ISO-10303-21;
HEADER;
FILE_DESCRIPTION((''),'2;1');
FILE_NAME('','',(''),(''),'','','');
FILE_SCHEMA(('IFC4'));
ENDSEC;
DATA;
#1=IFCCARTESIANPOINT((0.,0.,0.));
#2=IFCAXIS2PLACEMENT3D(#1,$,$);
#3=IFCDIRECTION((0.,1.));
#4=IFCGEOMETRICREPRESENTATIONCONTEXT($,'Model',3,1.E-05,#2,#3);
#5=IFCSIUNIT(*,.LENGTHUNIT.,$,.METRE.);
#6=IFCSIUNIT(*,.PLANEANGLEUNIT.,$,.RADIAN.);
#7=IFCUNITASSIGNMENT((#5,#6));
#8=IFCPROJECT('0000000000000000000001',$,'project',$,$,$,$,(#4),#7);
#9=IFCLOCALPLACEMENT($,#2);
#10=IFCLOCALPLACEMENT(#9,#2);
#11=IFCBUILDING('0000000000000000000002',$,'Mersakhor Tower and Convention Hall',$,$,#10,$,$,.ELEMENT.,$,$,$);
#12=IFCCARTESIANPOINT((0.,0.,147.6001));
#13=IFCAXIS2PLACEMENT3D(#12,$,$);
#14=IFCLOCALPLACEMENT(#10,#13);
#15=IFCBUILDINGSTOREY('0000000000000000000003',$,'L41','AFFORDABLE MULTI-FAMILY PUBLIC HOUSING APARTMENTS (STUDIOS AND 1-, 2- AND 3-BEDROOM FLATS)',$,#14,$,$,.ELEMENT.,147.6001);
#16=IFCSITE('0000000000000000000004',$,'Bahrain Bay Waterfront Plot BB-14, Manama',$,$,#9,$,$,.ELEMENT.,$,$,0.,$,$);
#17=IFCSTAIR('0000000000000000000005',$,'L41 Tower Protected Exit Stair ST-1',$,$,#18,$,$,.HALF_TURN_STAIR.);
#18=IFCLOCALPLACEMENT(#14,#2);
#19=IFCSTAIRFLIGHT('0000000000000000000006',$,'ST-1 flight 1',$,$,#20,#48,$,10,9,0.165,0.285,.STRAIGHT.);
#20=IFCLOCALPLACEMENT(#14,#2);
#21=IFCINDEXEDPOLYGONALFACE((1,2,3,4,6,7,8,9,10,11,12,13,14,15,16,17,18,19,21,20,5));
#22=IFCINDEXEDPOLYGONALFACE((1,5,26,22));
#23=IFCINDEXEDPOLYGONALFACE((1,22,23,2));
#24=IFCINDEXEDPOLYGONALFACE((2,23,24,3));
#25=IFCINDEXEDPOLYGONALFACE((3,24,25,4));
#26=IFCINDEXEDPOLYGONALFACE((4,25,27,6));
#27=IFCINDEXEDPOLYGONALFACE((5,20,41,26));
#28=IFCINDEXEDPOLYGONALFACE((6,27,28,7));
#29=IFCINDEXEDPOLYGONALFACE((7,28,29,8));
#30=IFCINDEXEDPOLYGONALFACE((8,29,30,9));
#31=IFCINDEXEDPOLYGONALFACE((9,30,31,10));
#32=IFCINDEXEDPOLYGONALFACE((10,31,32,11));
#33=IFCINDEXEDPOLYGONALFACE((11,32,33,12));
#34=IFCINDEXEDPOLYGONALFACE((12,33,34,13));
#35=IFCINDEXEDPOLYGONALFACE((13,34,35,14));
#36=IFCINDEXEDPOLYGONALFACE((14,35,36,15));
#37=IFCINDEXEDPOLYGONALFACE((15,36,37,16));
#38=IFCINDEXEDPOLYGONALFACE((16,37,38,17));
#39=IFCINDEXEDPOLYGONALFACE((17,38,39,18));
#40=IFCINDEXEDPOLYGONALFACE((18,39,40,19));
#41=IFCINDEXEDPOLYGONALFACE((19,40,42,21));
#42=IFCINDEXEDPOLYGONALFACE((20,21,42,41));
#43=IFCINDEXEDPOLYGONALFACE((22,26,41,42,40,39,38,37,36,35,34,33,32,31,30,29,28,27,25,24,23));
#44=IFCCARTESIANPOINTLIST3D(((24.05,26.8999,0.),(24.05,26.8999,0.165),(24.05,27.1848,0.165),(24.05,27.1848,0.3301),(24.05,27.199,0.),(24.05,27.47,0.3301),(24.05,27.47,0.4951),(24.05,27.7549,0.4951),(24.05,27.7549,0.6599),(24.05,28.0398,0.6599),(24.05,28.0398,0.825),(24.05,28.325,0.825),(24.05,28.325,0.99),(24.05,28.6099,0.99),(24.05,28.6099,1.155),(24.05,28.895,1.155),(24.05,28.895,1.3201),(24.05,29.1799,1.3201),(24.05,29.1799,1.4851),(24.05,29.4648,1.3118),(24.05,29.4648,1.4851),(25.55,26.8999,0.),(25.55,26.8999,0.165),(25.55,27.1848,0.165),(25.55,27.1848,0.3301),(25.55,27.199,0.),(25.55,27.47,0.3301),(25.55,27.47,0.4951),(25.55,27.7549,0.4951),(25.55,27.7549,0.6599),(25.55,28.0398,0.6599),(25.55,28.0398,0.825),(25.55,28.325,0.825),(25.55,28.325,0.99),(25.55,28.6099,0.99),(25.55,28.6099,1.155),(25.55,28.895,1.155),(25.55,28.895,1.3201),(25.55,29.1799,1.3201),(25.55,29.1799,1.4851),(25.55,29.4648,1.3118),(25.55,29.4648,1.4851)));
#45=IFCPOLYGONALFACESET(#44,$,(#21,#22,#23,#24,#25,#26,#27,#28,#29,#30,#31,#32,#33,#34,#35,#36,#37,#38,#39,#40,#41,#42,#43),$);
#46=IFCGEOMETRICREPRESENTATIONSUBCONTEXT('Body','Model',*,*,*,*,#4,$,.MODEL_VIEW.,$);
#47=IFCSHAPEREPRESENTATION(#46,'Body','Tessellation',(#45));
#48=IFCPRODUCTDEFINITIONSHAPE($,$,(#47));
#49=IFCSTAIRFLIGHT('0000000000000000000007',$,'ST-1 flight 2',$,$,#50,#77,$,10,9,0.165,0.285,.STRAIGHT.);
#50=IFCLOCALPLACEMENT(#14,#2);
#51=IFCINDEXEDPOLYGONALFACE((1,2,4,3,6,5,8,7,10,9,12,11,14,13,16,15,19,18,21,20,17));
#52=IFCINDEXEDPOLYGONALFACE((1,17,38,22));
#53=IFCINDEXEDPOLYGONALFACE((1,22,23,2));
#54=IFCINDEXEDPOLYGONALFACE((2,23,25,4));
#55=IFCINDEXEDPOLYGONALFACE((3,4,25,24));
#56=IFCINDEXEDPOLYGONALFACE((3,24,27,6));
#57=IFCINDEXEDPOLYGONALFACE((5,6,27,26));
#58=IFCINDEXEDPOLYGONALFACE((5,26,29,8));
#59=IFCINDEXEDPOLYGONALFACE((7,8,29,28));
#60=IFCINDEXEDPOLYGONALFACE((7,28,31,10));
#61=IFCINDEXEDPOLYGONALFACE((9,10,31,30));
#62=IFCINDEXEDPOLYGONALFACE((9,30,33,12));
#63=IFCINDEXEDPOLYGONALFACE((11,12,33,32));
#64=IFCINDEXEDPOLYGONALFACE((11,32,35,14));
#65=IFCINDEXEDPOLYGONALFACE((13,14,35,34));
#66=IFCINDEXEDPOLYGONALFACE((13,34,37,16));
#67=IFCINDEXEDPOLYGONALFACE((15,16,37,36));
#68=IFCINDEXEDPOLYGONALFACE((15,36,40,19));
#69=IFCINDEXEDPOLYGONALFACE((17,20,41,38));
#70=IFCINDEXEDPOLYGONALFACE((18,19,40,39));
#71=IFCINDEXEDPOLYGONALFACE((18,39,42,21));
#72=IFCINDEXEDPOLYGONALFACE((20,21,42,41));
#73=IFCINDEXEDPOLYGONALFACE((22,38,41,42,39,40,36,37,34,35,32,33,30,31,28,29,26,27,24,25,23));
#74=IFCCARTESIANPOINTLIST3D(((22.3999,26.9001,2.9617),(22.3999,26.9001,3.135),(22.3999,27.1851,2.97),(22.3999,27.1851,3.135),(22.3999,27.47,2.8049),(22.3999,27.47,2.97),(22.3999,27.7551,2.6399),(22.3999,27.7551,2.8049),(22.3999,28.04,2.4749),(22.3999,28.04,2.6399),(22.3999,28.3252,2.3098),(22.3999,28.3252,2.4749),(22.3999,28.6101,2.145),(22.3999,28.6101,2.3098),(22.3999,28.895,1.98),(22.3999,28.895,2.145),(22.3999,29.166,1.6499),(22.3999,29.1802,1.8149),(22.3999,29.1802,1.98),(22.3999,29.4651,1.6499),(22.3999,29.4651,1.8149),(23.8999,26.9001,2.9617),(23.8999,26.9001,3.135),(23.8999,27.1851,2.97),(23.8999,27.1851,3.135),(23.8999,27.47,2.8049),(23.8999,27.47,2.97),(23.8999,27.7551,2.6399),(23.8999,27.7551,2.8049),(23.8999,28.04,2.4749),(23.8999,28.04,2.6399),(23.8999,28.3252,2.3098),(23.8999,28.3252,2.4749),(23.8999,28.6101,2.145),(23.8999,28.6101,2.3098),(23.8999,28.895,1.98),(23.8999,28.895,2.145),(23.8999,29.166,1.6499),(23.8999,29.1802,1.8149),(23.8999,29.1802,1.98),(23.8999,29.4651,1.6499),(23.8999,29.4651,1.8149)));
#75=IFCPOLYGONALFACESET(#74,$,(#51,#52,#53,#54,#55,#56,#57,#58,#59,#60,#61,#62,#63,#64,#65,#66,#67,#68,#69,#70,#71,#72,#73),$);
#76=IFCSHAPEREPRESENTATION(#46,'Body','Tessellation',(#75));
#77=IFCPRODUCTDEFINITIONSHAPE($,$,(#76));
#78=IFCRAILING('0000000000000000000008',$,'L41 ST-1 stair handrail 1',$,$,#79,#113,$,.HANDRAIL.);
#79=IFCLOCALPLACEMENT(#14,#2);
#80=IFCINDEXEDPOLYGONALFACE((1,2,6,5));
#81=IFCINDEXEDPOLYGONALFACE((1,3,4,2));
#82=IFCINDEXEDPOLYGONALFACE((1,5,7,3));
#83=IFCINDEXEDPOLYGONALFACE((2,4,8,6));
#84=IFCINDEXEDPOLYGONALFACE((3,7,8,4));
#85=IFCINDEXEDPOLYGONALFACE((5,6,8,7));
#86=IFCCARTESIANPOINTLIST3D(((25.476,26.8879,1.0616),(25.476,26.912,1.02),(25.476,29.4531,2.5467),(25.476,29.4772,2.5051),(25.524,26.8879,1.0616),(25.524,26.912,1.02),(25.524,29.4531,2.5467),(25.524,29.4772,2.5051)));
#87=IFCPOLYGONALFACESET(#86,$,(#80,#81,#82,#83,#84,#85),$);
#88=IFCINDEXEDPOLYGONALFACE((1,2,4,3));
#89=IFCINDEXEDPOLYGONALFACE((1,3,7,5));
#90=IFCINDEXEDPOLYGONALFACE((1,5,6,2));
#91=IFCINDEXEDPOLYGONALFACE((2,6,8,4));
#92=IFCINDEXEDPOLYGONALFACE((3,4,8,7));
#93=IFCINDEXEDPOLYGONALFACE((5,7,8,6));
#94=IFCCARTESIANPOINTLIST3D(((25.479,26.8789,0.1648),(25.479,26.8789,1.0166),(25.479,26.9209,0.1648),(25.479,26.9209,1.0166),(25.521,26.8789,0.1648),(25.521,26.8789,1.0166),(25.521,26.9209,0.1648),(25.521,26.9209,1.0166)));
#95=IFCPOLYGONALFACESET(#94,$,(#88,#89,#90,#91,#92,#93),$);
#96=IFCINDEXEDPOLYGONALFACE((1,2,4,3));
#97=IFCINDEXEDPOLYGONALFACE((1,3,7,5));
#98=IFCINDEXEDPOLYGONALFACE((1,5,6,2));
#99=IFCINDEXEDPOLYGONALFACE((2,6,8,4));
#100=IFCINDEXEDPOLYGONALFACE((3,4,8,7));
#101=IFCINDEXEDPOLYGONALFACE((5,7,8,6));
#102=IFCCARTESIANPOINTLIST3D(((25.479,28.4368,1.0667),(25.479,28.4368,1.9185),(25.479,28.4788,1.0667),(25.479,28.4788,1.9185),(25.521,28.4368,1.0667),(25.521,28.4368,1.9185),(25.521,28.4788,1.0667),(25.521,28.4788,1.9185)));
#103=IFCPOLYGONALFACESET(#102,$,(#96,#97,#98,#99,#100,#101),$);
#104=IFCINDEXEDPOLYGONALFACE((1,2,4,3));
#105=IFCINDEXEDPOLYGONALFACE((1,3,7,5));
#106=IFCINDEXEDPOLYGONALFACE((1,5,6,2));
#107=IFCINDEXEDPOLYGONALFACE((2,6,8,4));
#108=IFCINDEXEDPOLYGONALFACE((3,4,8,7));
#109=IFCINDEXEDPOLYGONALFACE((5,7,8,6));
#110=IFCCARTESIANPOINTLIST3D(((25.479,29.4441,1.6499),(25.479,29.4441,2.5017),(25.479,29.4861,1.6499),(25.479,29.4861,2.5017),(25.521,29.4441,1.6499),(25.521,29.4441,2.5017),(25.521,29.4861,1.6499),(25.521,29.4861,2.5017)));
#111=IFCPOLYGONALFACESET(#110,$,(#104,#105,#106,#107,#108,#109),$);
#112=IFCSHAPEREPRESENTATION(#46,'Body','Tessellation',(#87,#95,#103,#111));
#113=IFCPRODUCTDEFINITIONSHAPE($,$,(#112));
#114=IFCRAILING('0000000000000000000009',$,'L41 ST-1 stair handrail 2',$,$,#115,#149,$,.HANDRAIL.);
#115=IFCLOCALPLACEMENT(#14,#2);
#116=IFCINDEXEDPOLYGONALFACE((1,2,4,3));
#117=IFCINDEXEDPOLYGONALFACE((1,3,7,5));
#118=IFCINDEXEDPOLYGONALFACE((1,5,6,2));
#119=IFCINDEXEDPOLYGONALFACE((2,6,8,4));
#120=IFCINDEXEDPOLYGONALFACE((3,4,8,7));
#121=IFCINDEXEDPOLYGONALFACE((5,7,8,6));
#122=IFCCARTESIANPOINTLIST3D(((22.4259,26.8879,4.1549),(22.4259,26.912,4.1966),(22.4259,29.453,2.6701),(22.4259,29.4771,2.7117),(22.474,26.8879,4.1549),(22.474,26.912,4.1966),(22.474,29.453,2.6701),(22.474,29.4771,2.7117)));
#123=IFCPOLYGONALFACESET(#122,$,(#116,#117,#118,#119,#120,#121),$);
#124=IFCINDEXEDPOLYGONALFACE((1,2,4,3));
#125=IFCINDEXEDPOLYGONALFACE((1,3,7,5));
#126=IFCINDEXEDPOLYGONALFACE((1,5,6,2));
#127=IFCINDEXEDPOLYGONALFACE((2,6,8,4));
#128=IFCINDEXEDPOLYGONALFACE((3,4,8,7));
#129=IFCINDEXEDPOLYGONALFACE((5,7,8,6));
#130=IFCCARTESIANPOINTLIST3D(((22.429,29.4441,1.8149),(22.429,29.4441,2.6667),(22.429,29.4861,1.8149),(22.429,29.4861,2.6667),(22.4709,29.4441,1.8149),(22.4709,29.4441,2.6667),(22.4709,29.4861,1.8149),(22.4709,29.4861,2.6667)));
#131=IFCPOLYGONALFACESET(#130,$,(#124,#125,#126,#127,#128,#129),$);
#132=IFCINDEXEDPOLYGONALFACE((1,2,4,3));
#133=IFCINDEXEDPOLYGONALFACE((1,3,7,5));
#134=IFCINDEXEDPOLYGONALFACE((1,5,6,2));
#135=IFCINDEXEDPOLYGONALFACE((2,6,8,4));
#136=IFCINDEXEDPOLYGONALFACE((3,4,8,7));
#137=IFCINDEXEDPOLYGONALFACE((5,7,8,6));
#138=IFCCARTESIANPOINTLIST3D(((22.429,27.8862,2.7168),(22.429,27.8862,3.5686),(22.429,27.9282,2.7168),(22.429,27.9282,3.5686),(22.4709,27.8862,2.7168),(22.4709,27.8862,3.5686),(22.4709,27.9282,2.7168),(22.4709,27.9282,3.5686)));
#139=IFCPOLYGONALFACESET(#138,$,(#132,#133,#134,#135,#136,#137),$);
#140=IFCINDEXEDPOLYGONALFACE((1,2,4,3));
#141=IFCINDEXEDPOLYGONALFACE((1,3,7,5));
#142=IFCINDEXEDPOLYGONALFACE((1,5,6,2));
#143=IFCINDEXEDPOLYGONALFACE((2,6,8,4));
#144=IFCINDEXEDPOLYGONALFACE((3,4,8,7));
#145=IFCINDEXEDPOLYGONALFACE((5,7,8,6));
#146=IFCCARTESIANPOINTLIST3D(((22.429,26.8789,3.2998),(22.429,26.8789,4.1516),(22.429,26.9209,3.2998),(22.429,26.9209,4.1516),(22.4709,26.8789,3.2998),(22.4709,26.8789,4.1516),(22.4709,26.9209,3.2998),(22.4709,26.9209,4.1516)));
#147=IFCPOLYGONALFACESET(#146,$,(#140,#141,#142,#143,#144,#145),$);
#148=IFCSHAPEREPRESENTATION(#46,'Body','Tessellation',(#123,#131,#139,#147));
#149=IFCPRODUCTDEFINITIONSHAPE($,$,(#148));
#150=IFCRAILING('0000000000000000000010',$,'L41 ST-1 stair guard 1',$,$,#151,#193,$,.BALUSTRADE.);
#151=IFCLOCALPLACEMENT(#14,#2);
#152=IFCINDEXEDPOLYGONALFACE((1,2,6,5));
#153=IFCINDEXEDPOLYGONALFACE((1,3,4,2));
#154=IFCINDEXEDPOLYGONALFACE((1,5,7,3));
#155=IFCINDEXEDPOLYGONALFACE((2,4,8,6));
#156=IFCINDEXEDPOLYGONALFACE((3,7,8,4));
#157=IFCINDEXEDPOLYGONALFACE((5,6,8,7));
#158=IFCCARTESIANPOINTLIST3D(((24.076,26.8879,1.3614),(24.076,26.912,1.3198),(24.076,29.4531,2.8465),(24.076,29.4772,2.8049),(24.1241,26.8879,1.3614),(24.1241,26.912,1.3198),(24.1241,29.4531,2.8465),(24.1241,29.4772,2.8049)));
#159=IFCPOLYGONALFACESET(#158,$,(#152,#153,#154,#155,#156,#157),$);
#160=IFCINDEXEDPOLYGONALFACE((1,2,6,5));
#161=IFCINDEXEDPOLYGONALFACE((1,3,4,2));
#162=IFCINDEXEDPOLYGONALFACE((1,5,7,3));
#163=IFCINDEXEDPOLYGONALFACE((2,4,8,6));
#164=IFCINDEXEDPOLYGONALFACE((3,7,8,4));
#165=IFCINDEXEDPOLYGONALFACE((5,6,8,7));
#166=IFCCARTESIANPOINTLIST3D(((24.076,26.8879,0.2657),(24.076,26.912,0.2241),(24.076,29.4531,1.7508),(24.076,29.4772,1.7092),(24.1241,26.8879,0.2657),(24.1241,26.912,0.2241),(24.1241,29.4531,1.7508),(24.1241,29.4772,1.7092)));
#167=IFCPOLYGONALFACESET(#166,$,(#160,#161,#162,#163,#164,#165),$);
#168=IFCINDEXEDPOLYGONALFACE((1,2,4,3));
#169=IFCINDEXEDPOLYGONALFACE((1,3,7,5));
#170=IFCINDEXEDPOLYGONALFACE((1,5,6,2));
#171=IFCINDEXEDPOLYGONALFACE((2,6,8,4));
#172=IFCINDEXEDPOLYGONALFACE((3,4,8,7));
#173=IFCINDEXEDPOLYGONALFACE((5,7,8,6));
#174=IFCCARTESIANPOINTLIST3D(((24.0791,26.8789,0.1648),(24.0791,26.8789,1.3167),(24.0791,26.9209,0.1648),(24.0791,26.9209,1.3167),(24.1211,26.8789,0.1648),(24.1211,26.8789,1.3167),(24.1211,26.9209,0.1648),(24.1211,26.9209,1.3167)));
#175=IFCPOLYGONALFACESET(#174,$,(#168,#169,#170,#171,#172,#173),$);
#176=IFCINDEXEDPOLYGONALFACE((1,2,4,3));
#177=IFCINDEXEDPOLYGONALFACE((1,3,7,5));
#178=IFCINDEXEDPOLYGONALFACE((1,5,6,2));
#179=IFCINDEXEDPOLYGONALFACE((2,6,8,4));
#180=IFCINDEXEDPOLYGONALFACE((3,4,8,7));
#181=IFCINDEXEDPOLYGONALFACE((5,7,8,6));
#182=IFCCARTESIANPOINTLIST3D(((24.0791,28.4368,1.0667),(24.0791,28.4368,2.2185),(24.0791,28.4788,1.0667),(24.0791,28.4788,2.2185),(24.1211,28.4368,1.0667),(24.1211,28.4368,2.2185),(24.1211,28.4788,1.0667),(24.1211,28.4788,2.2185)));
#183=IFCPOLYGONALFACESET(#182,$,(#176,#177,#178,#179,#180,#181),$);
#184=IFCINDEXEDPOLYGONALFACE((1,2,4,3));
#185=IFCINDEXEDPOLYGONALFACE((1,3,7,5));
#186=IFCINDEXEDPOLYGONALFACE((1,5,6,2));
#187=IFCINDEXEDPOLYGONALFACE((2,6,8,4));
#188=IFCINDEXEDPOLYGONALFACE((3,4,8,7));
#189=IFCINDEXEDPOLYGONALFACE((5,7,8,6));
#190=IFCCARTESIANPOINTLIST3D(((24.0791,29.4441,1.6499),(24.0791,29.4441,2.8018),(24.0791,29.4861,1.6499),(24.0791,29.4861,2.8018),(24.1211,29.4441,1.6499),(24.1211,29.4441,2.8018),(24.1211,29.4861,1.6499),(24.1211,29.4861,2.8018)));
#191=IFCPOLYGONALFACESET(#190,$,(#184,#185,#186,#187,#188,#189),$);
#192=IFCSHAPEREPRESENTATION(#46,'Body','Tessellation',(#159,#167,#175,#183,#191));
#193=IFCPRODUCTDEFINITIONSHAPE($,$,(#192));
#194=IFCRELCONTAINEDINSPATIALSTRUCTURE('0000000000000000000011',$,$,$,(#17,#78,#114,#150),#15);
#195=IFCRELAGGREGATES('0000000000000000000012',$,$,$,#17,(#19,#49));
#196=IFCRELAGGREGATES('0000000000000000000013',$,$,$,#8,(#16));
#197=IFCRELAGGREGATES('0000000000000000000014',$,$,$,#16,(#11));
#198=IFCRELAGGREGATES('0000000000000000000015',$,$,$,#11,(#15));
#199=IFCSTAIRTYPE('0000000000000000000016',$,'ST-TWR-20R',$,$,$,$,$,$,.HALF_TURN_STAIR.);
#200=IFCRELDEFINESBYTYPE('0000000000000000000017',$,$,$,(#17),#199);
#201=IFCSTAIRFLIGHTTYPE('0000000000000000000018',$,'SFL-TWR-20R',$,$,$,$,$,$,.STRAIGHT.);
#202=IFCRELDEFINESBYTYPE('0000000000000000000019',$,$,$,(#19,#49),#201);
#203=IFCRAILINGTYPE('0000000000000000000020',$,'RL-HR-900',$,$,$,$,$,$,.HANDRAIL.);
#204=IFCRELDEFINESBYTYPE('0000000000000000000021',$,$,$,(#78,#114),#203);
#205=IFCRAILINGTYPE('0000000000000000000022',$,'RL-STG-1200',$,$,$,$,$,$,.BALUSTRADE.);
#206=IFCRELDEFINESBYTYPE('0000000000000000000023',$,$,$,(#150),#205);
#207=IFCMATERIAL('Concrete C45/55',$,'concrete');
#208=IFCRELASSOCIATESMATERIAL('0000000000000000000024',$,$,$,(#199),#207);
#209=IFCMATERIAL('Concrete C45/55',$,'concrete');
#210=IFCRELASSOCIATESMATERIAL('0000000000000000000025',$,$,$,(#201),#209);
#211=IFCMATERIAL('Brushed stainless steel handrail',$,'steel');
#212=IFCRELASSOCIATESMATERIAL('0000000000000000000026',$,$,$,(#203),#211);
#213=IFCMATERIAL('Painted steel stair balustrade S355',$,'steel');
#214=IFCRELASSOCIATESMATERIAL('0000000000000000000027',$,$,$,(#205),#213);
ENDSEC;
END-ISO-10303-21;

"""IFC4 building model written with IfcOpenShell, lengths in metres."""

from ifc_helpers import new_model, si_unit, direction, frame, origin, origin_2d, place, context, subcontext, project, spatial, polyline, rectangle, outline, extrude, material, type_object, element, aggregate, save


model = new_model("IFC4")

# Units and contexts
model_context = context("Model", 3, precision=1e-05, world=origin(), true_north=direction((0.0, 1.0)))
body_context = subcontext(model_context, "Body", "Model", "MODEL_VIEW")
ifc_project = project(units=[si_unit("LENGTHUNIT", "METRE"), si_unit("PLANEANGLEUNIT", "RADIAN")], contexts=[model_context])

# Site, building, storey
site_placement = place(None, origin())
site = spatial("IfcSite", under=ifc_project, at=site_placement, Name="Bahrain Bay Waterfront Plot BB-14, Manama", CompositionType="ELEMENT", RefElevation=0.0)
building_placement = place(site_placement, origin())
building = spatial("IfcBuilding", under=site, at=building_placement, Name="Mersakhor Tower and Convention Hall", CompositionType="ELEMENT")
storey_placement = place(building_placement, frame((0.0, 0.0, 147.6001)))
storey = spatial("IfcBuildingStorey", under=building, at=storey_placement, Name="L41", Description="AFFORDABLE MULTI-FAMILY PUBLIC HOUSING APARTMENTS (STUDIOS AND 1-, 2- AND 3-BEDROOM FLATS)", CompositionType="ELEMENT", Elevation=147.6001)

# Stair, stair flights
ifc_material_1 = material(Name="Concrete C45/55", Category="concrete")
stair_type = type_object("IfcStairType", Name="ST-TWR-20R", PredefinedType="HALF_TURN_STAIR", material=ifc_material_1)
stair_placement = place(storey_placement, origin())
stair = element("IfcStair", 1, at=stair_placement, inside=storey, type_object=stair_type, Name="L41 Tower Protected Exit Stair ST-1", PredefinedType="HALF_TURN_STAIR")
ifc_material_2 = material(Name="Concrete C45/55", Category="concrete")
stair_flight_type = type_object("IfcStairFlightType", Name="SFL-TWR-20R", PredefinedType="STRAIGHT", material=ifc_material_2)
stair_flight_1_placement = place(storey_placement, frame((24.8, 26.8999, 0.0), z_axis=(0.0, 0.0, 1.0), x_axis=(0.0, 1.0, 0.0)))
stair_flight_1 = element("IfcStairFlight", 2, at=stair_flight_1_placement, type_object=stair_flight_type, Name="ST-1 flight 1", NumberOfRisers=10, NumberOfTreads=9, PredefinedType="STRAIGHT", RiserHeight=0.165, TreadLength=0.285, context=body_context, shape_type="SweptSolid", body=[
    extrude(outline(polyline([(0.0, 0.0), (0.0, 0.165), (0.2849, 0.165), (0.2849, 0.3301), (0.5701, 0.3301), (0.5701, 0.4951), (0.855, 0.4951), (0.855, 0.6599), (1.1399, 0.6599), (1.1399, 0.825), (1.425, 0.825), (1.425, 0.99), (1.71, 0.99), (1.71, 1.155), (1.9951, 1.155), (1.9951, 1.3201), (2.28, 1.3201), (2.28, 1.4851), (2.5649, 1.4851), (2.5649, 1.6499), (2.5649, 1.3118), (0.2991, 0.0), (0.0, 0.0)])), frame((0.0, 0.75, 0.0), z_axis=(0.0, -1.0, 0.0), x_axis=(1.0, 0.0, 0.0)), (0.0, 0.0, 1.0), 1.5),
])
stair_flight_2_placement = place(storey_placement, frame((23.1499, 29.4651, 1.6499), z_axis=(0.0, 0.0, 1.0), x_axis=(0.0, -1.0, 0.0)))
stair_flight_2 = element("IfcStairFlight", 3, at=stair_flight_2_placement, type_object=stair_flight_type, Name="ST-1 flight 2", NumberOfRisers=10, NumberOfTreads=9, PredefinedType="STRAIGHT", RiserHeight=0.165, TreadLength=0.285, context=body_context, shape_type="SweptSolid", body=[
    extrude(outline(polyline([(0.0, 0.0), (0.0, 0.165), (0.2849, 0.165), (0.2849, 0.3301), (0.5701, 0.3301), (0.5701, 0.4951), (0.855, 0.4951), (0.855, 0.6599), (1.1399, 0.6599), (1.1399, 0.825), (1.425, 0.825), (1.425, 0.99), (1.71, 0.99), (1.71, 1.155), (1.9951, 1.155), (1.9951, 1.3201), (2.28, 1.3201), (2.28, 1.4851), (2.5649, 1.4851), (2.5649, 1.6499), (2.5649, 1.3118), (0.2991, 0.0), (0.0, 0.0)])), frame((0.0, 0.75, 0.0), z_axis=(0.0, -1.0, 0.0), x_axis=(1.0, 0.0, 0.0)), (0.0, 0.0, 1.0), 1.5),
])
aggregate(stair, [stair_flight_1, stair_flight_2])

# Railings
ifc_material_3 = material(Name="Brushed stainless steel handrail", Category="steel")
railing_type_1 = type_object("IfcRailingType", Name="RL-HR-900", PredefinedType="HANDRAIL", material=ifc_material_3)
railing_1_placement = place(storey_placement, frame((25.5, 26.8999, 0.1648)))
element("IfcRailing", 4, at=railing_1_placement, inside=storey, type_object=railing_type_1, Name="L41 ST-1 stair handrail 1", PredefinedType="HANDRAIL", context=body_context, shape_type="SweptSolid", body=[
    extrude(rectangle(XDim=0.0481, YDim=0.0481, at=origin_2d()), frame((0.0, 0.0, 0.876), z_axis=(0.0, 0.865426, 0.501036), x_axis=(-1.0, 0.0, 0.0)), (0.0, 0.0, 1.0), 2.9641),
    extrude(rectangle(XDim=0.042, YDim=0.042, at=origin_2d()), origin(), (0.0, 0.0, 1.0), 0.8518),
    extrude(rectangle(XDim=0.042, YDim=0.042, at=origin_2d()), frame((0.0, 1.5579, 0.9019)), (0.0, 0.0, 1.0), 0.8518),
    extrude(rectangle(XDim=0.042, YDim=0.042, at=origin_2d()), frame((0.0, 2.5652, 1.4851)), (0.0, 0.0, 1.0), 0.8518),
])
railing_2_placement = place(storey_placement, frame((22.45, 29.4651, 1.8149)))
element("IfcRailing", 5, at=railing_2_placement, inside=storey, type_object=railing_type_1, Name="L41 ST-1 stair handrail 2", PredefinedType="HANDRAIL", context=body_context, shape_type="SweptSolid", body=[
    extrude(rectangle(XDim=0.0481, YDim=0.0481, at=origin_2d()), frame((0.0, 0.0, 0.876), z_axis=(0.0, -0.865462, 0.500975), x_axis=(1.0, 0.0, 0.0)), (0.0, 0.0, 1.0), 2.9639),
    extrude(rectangle(XDim=0.042, YDim=0.042, at=origin_2d()), origin(), (0.0, 0.0, 1.0), 0.8518),
    extrude(rectangle(XDim=0.042, YDim=0.042, at=origin_2d()), frame((0.0, -1.5579, 0.9019)), (0.0, 0.0, 1.0), 0.8518),
    extrude(rectangle(XDim=0.042, YDim=0.042, at=origin_2d()), frame((0.0, -2.5652, 1.4849)), (0.0, 0.0, 1.0), 0.8518),
])
ifc_material_4 = material(Name="Painted steel stair balustrade S355", Category="steel")
railing_type_2 = type_object("IfcRailingType", Name="RL-STG-1200", PredefinedType="BALUSTRADE", material=ifc_material_4)
railing_3_placement = place(storey_placement, frame((24.1001, 26.8999, 0.1648)))
element("IfcRailing", 6, at=railing_3_placement, inside=storey, type_object=railing_type_2, Name="L41 ST-1 stair guard 1", PredefinedType="BALUSTRADE", context=body_context, shape_type="SweptSolid", body=[
    extrude(rectangle(XDim=0.0481, YDim=0.0481, at=origin_2d()), frame((0.0, 0.0, 1.1758), z_axis=(0.0, 0.865426, 0.501036), x_axis=(-1.0, 0.0, 0.0)), (0.0, 0.0, 1.0), 2.9641),
    extrude(rectangle(XDim=0.0481, YDim=0.0481, at=origin_2d()), frame((0.0, 0.0, 0.0801), z_axis=(0.0, 0.865426, 0.501036), x_axis=(-1.0, 0.0, 0.0)), (0.0, 0.0, 1.0), 2.9641),
    extrude(rectangle(XDim=0.042, YDim=0.042, at=origin_2d()), origin(), (0.0, 0.0, 1.0), 1.1519),
    extrude(rectangle(XDim=0.042, YDim=0.042, at=origin_2d()), frame((0.0, 1.5579, 0.9019)), (0.0, 0.0, 1.0), 1.1519),
    extrude(rectangle(XDim=0.042, YDim=0.042, at=origin_2d()), frame((0.0, 2.5652, 1.4851)), (0.0, 0.0, 1.0), 1.1519),
])

save(model, "model.ifc")
